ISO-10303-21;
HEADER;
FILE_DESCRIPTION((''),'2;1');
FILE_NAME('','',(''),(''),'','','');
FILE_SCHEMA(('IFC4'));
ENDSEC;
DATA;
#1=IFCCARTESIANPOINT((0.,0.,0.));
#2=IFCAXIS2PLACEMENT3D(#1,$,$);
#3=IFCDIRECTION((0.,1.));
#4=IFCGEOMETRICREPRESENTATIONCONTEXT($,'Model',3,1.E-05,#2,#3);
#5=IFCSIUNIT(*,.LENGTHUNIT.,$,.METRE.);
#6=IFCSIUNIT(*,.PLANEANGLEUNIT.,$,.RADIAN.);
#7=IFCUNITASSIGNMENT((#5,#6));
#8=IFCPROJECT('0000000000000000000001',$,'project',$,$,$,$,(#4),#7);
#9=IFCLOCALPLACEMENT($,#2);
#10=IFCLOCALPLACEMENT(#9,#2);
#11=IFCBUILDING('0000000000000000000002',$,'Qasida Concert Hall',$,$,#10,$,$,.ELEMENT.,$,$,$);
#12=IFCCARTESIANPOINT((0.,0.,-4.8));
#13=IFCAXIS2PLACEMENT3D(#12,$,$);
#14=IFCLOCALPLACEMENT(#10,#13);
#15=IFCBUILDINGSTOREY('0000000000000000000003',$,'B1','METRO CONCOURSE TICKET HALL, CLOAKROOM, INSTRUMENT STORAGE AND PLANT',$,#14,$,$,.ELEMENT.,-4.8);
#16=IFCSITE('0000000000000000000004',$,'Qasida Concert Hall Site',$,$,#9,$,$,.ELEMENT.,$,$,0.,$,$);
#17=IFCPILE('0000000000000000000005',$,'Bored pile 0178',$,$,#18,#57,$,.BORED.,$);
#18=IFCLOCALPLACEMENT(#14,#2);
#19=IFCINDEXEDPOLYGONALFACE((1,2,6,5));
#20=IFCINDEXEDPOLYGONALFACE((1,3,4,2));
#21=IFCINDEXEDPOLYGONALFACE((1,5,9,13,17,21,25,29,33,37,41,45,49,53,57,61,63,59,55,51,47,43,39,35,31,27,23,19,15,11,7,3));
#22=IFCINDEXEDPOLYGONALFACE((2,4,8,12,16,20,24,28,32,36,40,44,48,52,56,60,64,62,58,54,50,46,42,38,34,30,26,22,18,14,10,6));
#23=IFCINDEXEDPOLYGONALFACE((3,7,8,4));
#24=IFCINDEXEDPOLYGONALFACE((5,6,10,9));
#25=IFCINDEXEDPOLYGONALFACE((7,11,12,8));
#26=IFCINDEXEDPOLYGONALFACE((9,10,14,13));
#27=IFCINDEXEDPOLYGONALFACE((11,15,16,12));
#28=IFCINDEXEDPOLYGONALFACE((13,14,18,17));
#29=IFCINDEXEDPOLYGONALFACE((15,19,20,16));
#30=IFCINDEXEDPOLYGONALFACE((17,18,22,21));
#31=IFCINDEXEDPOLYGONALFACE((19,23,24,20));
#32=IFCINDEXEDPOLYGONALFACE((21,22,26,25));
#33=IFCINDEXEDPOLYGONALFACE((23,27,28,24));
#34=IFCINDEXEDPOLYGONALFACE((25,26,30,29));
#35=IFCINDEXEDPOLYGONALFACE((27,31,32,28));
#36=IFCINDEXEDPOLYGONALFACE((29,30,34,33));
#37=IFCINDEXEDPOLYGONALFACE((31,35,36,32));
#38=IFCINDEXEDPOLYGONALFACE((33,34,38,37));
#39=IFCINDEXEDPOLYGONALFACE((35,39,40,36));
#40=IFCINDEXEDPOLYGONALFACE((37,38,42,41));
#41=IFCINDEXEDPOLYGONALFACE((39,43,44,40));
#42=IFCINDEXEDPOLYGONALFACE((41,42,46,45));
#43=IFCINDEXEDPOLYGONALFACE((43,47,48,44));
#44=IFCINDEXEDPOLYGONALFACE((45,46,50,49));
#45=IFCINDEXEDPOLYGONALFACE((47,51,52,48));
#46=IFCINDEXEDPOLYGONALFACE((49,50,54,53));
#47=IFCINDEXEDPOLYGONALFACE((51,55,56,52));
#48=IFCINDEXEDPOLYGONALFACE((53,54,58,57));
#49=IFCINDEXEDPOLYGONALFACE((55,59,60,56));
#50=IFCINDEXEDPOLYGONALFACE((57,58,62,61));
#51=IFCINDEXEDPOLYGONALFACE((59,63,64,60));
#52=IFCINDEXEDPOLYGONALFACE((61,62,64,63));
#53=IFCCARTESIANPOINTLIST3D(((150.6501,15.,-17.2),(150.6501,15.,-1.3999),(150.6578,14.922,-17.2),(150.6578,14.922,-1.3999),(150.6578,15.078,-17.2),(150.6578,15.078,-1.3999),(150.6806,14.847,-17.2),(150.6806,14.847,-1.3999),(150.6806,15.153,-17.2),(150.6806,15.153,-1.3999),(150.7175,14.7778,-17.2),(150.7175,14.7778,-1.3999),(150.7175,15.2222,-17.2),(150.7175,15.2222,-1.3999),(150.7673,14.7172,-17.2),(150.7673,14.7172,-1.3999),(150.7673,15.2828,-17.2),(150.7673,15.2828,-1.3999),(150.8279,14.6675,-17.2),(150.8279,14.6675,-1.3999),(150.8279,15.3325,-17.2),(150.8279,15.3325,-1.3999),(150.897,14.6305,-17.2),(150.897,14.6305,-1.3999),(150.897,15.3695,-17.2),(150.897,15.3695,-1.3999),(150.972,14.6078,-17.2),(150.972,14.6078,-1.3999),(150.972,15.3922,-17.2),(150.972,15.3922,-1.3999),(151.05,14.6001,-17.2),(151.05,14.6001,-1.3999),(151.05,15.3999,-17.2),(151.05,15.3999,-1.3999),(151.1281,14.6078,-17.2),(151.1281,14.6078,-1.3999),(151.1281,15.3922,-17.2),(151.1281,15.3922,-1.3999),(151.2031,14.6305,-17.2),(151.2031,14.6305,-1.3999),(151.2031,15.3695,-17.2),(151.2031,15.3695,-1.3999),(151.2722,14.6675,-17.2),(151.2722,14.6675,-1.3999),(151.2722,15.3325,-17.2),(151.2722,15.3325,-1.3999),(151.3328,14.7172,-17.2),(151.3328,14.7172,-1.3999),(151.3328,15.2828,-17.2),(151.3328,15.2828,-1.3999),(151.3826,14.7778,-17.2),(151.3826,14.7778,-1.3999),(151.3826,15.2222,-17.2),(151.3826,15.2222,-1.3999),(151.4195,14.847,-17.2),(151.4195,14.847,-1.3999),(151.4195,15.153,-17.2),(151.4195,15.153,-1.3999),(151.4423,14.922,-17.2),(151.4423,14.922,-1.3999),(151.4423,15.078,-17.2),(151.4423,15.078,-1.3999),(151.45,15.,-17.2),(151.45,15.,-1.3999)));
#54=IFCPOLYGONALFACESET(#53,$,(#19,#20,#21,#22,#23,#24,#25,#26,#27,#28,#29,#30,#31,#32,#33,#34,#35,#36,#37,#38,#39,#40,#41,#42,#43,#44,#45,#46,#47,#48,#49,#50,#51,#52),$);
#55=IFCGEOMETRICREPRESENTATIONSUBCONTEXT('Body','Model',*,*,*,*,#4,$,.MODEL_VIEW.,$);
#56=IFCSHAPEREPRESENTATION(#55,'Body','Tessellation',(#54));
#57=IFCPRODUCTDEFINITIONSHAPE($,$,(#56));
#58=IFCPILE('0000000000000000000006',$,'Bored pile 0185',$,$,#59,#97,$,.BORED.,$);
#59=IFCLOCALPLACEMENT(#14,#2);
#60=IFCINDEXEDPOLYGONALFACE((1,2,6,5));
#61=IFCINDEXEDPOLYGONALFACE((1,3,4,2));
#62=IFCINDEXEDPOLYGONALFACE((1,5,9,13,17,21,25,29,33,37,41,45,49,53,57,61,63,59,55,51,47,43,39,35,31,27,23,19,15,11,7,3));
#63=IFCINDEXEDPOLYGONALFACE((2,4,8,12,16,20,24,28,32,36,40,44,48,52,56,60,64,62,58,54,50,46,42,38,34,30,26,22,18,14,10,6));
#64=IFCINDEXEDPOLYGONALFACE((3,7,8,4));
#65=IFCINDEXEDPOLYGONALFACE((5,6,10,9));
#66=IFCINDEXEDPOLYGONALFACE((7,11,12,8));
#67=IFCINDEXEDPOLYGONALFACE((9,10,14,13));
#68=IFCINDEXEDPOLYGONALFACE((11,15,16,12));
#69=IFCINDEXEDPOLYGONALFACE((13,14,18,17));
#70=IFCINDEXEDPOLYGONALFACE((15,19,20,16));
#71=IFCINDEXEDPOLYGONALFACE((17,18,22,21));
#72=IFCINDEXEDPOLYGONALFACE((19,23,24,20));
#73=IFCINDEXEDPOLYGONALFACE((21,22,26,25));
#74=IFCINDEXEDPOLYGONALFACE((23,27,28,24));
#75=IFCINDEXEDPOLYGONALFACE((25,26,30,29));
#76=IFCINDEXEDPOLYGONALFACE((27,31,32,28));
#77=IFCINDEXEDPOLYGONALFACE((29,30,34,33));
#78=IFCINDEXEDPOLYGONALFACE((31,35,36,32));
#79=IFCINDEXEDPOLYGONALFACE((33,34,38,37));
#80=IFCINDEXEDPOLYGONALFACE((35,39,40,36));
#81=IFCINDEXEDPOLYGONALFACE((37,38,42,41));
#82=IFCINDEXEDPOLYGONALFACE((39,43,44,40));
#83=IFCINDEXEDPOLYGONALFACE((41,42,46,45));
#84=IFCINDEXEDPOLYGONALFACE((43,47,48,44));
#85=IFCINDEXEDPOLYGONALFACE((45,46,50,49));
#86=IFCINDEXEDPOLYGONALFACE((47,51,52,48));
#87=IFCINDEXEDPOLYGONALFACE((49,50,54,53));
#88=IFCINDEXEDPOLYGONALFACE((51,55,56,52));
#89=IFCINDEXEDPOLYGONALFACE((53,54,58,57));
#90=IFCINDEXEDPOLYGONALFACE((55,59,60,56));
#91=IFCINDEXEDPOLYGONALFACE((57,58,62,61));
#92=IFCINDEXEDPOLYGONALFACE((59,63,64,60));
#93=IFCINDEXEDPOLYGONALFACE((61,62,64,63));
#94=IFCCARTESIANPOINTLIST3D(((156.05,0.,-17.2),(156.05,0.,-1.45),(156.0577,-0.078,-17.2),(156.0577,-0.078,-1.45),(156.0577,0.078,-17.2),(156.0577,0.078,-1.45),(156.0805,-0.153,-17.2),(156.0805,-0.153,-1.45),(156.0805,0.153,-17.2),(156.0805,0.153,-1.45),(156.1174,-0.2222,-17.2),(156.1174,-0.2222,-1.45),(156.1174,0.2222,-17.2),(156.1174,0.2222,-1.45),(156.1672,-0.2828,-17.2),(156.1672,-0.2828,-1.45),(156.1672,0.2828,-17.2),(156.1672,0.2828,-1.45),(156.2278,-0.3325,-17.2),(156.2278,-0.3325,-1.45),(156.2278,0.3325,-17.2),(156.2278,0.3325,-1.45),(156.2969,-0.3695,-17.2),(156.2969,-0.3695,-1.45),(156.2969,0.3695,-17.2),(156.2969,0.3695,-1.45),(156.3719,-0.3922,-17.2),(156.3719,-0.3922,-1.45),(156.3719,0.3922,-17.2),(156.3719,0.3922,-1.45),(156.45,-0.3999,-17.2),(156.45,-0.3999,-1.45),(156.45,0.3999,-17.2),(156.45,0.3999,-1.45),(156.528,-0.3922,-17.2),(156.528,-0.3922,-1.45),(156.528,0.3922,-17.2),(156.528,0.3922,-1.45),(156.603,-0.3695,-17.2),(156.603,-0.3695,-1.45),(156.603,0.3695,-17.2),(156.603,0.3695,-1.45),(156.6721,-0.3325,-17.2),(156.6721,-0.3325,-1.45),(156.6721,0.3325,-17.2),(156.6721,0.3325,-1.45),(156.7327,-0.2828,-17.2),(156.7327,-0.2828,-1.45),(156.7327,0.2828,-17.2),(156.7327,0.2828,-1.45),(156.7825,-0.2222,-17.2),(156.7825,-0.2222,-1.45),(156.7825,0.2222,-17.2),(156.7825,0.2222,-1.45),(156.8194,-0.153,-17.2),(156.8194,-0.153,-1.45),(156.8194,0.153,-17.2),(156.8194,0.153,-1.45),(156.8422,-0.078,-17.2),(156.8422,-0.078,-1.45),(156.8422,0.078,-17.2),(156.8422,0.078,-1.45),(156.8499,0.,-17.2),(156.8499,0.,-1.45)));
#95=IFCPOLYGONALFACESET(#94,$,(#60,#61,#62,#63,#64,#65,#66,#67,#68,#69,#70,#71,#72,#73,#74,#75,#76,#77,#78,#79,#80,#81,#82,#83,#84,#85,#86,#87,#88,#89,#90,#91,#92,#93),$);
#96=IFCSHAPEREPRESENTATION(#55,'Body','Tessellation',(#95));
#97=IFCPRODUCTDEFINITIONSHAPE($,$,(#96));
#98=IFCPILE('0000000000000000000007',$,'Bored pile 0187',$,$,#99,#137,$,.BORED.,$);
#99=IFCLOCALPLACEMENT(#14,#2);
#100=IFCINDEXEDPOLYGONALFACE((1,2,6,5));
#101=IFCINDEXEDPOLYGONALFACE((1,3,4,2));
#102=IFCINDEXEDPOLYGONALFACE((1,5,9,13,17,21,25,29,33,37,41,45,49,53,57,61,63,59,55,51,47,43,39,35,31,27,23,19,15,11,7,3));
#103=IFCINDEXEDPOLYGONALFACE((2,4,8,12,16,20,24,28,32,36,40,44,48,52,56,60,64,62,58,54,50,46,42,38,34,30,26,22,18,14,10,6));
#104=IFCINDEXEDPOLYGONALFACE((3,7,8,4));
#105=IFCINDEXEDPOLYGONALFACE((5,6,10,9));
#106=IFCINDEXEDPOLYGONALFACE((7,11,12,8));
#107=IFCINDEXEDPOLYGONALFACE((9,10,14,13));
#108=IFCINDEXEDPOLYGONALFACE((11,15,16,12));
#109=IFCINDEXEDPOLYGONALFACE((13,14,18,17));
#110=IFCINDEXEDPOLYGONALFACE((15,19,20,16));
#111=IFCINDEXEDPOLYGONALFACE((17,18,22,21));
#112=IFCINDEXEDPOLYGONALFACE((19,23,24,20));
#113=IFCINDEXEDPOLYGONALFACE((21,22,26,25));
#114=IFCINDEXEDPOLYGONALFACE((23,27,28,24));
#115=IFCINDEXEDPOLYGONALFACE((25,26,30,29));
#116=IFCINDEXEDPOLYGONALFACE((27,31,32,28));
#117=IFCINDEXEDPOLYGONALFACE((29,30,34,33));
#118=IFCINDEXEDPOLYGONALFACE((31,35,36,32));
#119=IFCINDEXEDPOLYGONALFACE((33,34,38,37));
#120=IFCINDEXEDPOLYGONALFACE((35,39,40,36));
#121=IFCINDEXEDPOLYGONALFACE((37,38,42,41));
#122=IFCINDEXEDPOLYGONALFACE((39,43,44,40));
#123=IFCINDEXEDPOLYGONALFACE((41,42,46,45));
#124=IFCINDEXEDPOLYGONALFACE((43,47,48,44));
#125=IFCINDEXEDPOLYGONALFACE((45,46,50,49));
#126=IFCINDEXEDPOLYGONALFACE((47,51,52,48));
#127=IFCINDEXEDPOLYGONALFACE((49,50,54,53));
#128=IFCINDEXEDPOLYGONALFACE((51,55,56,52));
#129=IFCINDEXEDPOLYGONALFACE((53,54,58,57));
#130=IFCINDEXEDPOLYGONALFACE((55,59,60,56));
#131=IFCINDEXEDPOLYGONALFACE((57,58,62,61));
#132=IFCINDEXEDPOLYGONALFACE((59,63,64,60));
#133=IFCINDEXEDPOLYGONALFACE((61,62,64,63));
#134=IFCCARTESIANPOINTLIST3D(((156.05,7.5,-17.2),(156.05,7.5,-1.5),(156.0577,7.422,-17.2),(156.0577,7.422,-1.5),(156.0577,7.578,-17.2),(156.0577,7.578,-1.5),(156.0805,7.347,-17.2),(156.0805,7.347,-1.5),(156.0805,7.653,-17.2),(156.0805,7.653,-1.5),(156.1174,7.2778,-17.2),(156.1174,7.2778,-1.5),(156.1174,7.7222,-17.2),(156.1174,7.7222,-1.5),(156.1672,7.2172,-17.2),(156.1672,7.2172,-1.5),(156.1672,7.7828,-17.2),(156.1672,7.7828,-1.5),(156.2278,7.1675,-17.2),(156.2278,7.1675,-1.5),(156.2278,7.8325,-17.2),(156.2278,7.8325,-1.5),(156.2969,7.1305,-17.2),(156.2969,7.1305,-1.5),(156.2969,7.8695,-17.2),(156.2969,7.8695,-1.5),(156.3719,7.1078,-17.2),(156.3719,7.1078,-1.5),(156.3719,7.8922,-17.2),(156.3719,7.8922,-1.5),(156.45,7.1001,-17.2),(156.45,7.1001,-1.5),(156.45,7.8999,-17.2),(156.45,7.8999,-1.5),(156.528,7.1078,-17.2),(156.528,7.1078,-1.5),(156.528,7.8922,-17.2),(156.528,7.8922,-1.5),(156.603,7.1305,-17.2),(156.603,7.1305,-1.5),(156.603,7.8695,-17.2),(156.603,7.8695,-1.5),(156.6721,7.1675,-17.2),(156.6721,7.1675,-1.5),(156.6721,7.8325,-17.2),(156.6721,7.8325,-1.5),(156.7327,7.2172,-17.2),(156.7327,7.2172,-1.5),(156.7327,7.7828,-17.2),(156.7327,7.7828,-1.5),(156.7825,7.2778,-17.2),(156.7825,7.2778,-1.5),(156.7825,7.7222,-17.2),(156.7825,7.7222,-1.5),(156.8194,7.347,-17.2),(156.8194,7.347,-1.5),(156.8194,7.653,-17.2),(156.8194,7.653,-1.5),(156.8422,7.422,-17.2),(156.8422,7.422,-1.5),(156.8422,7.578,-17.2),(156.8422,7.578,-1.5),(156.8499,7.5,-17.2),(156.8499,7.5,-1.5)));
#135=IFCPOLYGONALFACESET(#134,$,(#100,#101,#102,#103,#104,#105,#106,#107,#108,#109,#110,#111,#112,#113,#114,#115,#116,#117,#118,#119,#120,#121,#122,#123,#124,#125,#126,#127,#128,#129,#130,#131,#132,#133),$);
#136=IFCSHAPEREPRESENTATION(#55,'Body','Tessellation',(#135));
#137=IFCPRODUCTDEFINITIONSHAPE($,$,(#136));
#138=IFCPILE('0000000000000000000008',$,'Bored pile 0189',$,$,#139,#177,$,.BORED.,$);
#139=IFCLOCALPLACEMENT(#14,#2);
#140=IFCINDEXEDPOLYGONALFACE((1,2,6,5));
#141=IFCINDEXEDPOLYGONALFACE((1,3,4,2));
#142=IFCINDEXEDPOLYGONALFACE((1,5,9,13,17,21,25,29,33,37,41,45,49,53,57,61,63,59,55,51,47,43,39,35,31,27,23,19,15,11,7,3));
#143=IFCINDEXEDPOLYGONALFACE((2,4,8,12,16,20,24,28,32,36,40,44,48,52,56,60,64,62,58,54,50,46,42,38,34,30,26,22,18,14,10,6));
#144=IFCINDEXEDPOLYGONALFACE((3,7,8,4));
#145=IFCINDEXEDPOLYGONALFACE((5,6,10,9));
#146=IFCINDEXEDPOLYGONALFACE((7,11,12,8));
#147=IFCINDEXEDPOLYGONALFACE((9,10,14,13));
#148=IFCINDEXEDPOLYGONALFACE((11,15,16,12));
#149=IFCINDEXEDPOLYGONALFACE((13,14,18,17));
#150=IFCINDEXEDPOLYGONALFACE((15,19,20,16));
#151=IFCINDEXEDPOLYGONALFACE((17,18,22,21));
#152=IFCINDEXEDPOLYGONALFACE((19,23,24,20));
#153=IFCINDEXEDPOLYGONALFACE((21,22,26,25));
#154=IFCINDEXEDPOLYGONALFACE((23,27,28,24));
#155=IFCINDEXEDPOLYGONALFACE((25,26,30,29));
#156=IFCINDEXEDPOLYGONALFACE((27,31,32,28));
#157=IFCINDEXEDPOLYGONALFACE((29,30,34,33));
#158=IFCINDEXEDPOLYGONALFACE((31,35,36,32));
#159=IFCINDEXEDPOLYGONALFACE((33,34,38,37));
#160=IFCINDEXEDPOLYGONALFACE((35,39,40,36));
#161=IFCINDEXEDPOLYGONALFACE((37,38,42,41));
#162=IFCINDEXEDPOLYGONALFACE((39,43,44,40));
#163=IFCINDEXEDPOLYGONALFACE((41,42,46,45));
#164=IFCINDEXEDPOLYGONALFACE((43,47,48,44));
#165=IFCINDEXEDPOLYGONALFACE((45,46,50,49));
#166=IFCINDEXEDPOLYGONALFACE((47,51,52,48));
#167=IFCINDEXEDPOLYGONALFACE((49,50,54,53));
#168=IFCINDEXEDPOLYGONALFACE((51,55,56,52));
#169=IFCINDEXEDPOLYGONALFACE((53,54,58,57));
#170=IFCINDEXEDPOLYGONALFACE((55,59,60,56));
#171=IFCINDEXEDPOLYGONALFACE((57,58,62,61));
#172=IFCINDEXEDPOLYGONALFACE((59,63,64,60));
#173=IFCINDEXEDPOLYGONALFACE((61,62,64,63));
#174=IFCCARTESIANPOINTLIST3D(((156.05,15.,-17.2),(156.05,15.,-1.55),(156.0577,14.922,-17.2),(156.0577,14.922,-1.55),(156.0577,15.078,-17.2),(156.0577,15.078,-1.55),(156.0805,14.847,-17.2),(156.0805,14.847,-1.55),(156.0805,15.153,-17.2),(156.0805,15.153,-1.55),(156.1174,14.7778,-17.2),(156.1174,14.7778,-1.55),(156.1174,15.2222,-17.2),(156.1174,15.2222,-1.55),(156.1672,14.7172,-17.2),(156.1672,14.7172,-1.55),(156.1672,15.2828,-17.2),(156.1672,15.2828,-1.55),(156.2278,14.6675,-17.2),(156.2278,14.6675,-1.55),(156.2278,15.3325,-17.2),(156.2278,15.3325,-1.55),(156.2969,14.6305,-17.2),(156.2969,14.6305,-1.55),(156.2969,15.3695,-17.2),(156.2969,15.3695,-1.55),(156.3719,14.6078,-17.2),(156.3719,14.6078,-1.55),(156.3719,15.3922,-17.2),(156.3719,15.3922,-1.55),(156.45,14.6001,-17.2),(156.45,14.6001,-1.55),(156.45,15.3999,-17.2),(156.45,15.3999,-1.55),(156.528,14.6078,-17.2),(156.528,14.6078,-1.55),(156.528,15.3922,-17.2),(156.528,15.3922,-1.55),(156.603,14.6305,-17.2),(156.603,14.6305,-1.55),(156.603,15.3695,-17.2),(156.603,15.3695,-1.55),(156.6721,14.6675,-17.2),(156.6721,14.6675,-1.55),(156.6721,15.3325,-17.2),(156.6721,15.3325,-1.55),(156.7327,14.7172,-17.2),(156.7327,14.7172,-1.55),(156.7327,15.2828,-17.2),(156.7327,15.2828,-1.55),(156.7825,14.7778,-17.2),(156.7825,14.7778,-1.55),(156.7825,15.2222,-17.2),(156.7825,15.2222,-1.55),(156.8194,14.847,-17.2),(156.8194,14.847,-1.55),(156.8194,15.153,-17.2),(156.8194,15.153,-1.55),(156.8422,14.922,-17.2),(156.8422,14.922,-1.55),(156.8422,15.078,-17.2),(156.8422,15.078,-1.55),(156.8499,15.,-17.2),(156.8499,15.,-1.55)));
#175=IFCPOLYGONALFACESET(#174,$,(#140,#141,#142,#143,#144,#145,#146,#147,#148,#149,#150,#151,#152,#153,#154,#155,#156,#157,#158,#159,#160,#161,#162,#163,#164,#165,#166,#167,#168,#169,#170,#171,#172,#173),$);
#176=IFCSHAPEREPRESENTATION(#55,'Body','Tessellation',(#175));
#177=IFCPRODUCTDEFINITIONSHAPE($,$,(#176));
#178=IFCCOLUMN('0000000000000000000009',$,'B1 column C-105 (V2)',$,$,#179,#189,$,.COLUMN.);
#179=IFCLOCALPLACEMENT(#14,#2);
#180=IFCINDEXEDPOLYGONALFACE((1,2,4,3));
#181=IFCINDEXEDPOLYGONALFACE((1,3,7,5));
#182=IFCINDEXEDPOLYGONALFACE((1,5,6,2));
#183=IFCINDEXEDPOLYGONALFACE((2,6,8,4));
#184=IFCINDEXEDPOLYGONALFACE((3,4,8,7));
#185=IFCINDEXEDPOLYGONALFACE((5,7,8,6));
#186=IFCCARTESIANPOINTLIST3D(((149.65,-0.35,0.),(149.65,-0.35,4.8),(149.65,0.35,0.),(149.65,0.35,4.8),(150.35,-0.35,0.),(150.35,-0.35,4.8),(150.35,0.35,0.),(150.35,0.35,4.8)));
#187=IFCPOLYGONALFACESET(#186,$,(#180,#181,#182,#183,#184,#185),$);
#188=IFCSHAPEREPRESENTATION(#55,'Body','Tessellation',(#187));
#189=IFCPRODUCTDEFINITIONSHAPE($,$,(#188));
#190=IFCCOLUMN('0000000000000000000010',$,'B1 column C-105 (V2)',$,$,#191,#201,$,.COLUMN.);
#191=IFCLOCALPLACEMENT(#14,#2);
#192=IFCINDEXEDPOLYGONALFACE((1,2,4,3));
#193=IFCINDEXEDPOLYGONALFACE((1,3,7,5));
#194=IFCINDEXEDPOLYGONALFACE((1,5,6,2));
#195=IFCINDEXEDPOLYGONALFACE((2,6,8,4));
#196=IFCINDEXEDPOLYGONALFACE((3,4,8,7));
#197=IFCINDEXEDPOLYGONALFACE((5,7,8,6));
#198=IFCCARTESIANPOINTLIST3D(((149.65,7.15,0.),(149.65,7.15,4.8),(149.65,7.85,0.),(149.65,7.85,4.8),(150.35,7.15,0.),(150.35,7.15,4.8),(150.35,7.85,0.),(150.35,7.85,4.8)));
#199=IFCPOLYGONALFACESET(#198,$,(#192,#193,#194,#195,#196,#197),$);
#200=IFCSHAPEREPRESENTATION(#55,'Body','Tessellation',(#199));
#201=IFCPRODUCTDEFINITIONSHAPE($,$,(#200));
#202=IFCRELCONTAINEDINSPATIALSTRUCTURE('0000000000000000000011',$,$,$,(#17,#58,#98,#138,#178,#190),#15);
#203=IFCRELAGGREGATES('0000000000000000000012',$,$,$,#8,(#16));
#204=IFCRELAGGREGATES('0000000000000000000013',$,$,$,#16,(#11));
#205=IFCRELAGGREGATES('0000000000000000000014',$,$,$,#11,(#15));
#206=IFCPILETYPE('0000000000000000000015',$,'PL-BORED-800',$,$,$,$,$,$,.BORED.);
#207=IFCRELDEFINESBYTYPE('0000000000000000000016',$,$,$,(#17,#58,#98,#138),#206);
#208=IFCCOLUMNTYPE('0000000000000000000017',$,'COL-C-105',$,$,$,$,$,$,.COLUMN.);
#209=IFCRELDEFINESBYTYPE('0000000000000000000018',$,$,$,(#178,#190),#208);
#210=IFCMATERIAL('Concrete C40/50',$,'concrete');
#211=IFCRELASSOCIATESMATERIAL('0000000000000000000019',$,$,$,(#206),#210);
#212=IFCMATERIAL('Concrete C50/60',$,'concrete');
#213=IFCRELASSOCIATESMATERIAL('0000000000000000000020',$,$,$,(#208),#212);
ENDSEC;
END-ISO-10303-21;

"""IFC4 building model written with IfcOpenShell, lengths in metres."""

from ifc_helpers import new_model, si_unit, direction, frame, origin, origin_2d, place, context, subcontext, project, spatial, rectangle, circle, extrude, material, material_profile, profile_set, type_object, element, save


model = new_model("IFC4")

# Units and contexts
model_context = context("Model", 3, precision=1e-05, world=origin(), true_north=direction((0.0, 1.0)))
body_context = subcontext(model_context, "Body", "Model", "MODEL_VIEW")
ifc_project = project(units=[si_unit("LENGTHUNIT", "METRE"), si_unit("PLANEANGLEUNIT", "RADIAN")], contexts=[model_context])

# Site, building, storey
site_placement = place(None, origin())
site = spatial("IfcSite", under=ifc_project, at=site_placement, Name="Qasida Concert Hall Site", CompositionType="ELEMENT", RefElevation=0.0)
building_placement = place(site_placement, origin())
building = spatial("IfcBuilding", under=site, at=building_placement, Name="Qasida Concert Hall", CompositionType="ELEMENT")
storey_placement = place(building_placement, frame((0.0, 0.0, -4.8)))
storey = spatial("IfcBuildingStorey", under=building, at=storey_placement, Name="B1", Description="METRO CONCOURSE TICKET HALL, CLOAKROOM, INSTRUMENT STORAGE AND PLANT", CompositionType="ELEMENT", Elevation=-4.8)

# Shared definitions
ifc_material_1 = material(Name="Concrete C40/50", Category="concrete")

# Piles
ifc_material_profile_1 = material_profile(ifc_material_1, circle(Radius=0.3999, at=origin_2d()), Name="BORED PILE D800")
ifc_profile_set_1 = profile_set([ifc_material_profile_1], Name="Concrete C40/50")
pile_type = type_object("IfcPileType", Name="PL-BORED-800", PredefinedType="BORED", material=ifc_profile_set_1)
for number, where, z_axis, x_axis, name in (
    (1, (151.05, 15.0, -1.3999), (0.0, 0.0, -1.0), (1.0, 0.0, 0.0), "Bored pile 0178"),
):
    element("IfcPile", number, at=place(storey_placement, frame(where, z_axis=z_axis, x_axis=x_axis)), inside=storey, type_object=pile_type, Name=name, PredefinedType="BORED", context=body_context, shape_type="SweptSolid", body=[
        extrude(circle(Radius=0.3999, at=origin_2d()), origin(), (0.0, 0.0, 1.0), 15.8),
    ])
pile_1_placement = place(storey_placement, frame((156.45, 0.0, -1.45), z_axis=(0.0, 0.0, -1.0), x_axis=(1.0, 0.0, 0.0)))
element("IfcPile", 2, at=pile_1_placement, inside=storey, type_object=pile_type, Name="Bored pile 0185", PredefinedType="BORED", context=body_context, shape_type="SweptSolid", body=[
    extrude(circle(Radius=0.3999, at=origin_2d()), origin(), (0.0, 0.0, 1.0), 15.75),
])
pile_2_placement = place(storey_placement, frame((156.45, 7.5, -1.5), z_axis=(0.0, 0.0, -1.0), x_axis=(1.0, 0.0, 0.0)))
element("IfcPile", 3, at=pile_2_placement, inside=storey, type_object=pile_type, Name="Bored pile 0187", PredefinedType="BORED", context=body_context, shape_type="SweptSolid", body=[
    extrude(circle(Radius=0.3999, at=origin_2d()), origin(), (0.0, 0.0, 1.0), 15.7),
])
pile_3_placement = place(storey_placement, frame((156.45, 15.0, -1.55), z_axis=(0.0, 0.0, -1.0), x_axis=(1.0, 0.0, 0.0)))
element("IfcPile", 4, at=pile_3_placement, inside=storey, type_object=pile_type, Name="Bored pile 0189", PredefinedType="BORED", context=body_context, shape_type="SweptSolid", body=[
    extrude(circle(Radius=0.3999, at=origin_2d()), origin(), (0.0, 0.0, 1.0), 15.6499),
])

# Columns
ifc_material_2 = material(Name="Concrete C50/60", Category="concrete")
ifc_material_profile_2 = material_profile(ifc_material_2, rectangle(XDim=0.7, YDim=0.7, at=origin_2d()), Name="RC 700x700")
ifc_profile_set_2 = profile_set([ifc_material_profile_2], Name="Concrete C50/60")
column_type_1 = type_object("IfcColumnType", Name="COL-C-105", PredefinedType="COLUMN", material=ifc_profile_set_2)
for number, where, z_axis, x_axis, name in (
    (5, (150.0, 0.0, 0.0), (0.0, 0.0, 1.0), (1.0, 0.0, 0.0), "B1 column C-105 (V2)"),
    (6, (150.0, 7.5, 0.0), (0.0, 0.0, 1.0), (1.0, 0.0, 0.0), "B1 column C-105 (V2)"),
):
    element("IfcColumn", number, at=place(storey_placement, frame(where, z_axis=z_axis, x_axis=x_axis)), inside=storey, type_object=column_type_1, Name=name, PredefinedType="COLUMN", context=body_context, shape_type="SweptSolid", body=[
        extrude(rectangle(XDim=0.7, YDim=0.7, at=origin_2d()), origin(), (0.0, 0.0, 1.0), 4.8),
    ])

save(model, "model.ifc")
